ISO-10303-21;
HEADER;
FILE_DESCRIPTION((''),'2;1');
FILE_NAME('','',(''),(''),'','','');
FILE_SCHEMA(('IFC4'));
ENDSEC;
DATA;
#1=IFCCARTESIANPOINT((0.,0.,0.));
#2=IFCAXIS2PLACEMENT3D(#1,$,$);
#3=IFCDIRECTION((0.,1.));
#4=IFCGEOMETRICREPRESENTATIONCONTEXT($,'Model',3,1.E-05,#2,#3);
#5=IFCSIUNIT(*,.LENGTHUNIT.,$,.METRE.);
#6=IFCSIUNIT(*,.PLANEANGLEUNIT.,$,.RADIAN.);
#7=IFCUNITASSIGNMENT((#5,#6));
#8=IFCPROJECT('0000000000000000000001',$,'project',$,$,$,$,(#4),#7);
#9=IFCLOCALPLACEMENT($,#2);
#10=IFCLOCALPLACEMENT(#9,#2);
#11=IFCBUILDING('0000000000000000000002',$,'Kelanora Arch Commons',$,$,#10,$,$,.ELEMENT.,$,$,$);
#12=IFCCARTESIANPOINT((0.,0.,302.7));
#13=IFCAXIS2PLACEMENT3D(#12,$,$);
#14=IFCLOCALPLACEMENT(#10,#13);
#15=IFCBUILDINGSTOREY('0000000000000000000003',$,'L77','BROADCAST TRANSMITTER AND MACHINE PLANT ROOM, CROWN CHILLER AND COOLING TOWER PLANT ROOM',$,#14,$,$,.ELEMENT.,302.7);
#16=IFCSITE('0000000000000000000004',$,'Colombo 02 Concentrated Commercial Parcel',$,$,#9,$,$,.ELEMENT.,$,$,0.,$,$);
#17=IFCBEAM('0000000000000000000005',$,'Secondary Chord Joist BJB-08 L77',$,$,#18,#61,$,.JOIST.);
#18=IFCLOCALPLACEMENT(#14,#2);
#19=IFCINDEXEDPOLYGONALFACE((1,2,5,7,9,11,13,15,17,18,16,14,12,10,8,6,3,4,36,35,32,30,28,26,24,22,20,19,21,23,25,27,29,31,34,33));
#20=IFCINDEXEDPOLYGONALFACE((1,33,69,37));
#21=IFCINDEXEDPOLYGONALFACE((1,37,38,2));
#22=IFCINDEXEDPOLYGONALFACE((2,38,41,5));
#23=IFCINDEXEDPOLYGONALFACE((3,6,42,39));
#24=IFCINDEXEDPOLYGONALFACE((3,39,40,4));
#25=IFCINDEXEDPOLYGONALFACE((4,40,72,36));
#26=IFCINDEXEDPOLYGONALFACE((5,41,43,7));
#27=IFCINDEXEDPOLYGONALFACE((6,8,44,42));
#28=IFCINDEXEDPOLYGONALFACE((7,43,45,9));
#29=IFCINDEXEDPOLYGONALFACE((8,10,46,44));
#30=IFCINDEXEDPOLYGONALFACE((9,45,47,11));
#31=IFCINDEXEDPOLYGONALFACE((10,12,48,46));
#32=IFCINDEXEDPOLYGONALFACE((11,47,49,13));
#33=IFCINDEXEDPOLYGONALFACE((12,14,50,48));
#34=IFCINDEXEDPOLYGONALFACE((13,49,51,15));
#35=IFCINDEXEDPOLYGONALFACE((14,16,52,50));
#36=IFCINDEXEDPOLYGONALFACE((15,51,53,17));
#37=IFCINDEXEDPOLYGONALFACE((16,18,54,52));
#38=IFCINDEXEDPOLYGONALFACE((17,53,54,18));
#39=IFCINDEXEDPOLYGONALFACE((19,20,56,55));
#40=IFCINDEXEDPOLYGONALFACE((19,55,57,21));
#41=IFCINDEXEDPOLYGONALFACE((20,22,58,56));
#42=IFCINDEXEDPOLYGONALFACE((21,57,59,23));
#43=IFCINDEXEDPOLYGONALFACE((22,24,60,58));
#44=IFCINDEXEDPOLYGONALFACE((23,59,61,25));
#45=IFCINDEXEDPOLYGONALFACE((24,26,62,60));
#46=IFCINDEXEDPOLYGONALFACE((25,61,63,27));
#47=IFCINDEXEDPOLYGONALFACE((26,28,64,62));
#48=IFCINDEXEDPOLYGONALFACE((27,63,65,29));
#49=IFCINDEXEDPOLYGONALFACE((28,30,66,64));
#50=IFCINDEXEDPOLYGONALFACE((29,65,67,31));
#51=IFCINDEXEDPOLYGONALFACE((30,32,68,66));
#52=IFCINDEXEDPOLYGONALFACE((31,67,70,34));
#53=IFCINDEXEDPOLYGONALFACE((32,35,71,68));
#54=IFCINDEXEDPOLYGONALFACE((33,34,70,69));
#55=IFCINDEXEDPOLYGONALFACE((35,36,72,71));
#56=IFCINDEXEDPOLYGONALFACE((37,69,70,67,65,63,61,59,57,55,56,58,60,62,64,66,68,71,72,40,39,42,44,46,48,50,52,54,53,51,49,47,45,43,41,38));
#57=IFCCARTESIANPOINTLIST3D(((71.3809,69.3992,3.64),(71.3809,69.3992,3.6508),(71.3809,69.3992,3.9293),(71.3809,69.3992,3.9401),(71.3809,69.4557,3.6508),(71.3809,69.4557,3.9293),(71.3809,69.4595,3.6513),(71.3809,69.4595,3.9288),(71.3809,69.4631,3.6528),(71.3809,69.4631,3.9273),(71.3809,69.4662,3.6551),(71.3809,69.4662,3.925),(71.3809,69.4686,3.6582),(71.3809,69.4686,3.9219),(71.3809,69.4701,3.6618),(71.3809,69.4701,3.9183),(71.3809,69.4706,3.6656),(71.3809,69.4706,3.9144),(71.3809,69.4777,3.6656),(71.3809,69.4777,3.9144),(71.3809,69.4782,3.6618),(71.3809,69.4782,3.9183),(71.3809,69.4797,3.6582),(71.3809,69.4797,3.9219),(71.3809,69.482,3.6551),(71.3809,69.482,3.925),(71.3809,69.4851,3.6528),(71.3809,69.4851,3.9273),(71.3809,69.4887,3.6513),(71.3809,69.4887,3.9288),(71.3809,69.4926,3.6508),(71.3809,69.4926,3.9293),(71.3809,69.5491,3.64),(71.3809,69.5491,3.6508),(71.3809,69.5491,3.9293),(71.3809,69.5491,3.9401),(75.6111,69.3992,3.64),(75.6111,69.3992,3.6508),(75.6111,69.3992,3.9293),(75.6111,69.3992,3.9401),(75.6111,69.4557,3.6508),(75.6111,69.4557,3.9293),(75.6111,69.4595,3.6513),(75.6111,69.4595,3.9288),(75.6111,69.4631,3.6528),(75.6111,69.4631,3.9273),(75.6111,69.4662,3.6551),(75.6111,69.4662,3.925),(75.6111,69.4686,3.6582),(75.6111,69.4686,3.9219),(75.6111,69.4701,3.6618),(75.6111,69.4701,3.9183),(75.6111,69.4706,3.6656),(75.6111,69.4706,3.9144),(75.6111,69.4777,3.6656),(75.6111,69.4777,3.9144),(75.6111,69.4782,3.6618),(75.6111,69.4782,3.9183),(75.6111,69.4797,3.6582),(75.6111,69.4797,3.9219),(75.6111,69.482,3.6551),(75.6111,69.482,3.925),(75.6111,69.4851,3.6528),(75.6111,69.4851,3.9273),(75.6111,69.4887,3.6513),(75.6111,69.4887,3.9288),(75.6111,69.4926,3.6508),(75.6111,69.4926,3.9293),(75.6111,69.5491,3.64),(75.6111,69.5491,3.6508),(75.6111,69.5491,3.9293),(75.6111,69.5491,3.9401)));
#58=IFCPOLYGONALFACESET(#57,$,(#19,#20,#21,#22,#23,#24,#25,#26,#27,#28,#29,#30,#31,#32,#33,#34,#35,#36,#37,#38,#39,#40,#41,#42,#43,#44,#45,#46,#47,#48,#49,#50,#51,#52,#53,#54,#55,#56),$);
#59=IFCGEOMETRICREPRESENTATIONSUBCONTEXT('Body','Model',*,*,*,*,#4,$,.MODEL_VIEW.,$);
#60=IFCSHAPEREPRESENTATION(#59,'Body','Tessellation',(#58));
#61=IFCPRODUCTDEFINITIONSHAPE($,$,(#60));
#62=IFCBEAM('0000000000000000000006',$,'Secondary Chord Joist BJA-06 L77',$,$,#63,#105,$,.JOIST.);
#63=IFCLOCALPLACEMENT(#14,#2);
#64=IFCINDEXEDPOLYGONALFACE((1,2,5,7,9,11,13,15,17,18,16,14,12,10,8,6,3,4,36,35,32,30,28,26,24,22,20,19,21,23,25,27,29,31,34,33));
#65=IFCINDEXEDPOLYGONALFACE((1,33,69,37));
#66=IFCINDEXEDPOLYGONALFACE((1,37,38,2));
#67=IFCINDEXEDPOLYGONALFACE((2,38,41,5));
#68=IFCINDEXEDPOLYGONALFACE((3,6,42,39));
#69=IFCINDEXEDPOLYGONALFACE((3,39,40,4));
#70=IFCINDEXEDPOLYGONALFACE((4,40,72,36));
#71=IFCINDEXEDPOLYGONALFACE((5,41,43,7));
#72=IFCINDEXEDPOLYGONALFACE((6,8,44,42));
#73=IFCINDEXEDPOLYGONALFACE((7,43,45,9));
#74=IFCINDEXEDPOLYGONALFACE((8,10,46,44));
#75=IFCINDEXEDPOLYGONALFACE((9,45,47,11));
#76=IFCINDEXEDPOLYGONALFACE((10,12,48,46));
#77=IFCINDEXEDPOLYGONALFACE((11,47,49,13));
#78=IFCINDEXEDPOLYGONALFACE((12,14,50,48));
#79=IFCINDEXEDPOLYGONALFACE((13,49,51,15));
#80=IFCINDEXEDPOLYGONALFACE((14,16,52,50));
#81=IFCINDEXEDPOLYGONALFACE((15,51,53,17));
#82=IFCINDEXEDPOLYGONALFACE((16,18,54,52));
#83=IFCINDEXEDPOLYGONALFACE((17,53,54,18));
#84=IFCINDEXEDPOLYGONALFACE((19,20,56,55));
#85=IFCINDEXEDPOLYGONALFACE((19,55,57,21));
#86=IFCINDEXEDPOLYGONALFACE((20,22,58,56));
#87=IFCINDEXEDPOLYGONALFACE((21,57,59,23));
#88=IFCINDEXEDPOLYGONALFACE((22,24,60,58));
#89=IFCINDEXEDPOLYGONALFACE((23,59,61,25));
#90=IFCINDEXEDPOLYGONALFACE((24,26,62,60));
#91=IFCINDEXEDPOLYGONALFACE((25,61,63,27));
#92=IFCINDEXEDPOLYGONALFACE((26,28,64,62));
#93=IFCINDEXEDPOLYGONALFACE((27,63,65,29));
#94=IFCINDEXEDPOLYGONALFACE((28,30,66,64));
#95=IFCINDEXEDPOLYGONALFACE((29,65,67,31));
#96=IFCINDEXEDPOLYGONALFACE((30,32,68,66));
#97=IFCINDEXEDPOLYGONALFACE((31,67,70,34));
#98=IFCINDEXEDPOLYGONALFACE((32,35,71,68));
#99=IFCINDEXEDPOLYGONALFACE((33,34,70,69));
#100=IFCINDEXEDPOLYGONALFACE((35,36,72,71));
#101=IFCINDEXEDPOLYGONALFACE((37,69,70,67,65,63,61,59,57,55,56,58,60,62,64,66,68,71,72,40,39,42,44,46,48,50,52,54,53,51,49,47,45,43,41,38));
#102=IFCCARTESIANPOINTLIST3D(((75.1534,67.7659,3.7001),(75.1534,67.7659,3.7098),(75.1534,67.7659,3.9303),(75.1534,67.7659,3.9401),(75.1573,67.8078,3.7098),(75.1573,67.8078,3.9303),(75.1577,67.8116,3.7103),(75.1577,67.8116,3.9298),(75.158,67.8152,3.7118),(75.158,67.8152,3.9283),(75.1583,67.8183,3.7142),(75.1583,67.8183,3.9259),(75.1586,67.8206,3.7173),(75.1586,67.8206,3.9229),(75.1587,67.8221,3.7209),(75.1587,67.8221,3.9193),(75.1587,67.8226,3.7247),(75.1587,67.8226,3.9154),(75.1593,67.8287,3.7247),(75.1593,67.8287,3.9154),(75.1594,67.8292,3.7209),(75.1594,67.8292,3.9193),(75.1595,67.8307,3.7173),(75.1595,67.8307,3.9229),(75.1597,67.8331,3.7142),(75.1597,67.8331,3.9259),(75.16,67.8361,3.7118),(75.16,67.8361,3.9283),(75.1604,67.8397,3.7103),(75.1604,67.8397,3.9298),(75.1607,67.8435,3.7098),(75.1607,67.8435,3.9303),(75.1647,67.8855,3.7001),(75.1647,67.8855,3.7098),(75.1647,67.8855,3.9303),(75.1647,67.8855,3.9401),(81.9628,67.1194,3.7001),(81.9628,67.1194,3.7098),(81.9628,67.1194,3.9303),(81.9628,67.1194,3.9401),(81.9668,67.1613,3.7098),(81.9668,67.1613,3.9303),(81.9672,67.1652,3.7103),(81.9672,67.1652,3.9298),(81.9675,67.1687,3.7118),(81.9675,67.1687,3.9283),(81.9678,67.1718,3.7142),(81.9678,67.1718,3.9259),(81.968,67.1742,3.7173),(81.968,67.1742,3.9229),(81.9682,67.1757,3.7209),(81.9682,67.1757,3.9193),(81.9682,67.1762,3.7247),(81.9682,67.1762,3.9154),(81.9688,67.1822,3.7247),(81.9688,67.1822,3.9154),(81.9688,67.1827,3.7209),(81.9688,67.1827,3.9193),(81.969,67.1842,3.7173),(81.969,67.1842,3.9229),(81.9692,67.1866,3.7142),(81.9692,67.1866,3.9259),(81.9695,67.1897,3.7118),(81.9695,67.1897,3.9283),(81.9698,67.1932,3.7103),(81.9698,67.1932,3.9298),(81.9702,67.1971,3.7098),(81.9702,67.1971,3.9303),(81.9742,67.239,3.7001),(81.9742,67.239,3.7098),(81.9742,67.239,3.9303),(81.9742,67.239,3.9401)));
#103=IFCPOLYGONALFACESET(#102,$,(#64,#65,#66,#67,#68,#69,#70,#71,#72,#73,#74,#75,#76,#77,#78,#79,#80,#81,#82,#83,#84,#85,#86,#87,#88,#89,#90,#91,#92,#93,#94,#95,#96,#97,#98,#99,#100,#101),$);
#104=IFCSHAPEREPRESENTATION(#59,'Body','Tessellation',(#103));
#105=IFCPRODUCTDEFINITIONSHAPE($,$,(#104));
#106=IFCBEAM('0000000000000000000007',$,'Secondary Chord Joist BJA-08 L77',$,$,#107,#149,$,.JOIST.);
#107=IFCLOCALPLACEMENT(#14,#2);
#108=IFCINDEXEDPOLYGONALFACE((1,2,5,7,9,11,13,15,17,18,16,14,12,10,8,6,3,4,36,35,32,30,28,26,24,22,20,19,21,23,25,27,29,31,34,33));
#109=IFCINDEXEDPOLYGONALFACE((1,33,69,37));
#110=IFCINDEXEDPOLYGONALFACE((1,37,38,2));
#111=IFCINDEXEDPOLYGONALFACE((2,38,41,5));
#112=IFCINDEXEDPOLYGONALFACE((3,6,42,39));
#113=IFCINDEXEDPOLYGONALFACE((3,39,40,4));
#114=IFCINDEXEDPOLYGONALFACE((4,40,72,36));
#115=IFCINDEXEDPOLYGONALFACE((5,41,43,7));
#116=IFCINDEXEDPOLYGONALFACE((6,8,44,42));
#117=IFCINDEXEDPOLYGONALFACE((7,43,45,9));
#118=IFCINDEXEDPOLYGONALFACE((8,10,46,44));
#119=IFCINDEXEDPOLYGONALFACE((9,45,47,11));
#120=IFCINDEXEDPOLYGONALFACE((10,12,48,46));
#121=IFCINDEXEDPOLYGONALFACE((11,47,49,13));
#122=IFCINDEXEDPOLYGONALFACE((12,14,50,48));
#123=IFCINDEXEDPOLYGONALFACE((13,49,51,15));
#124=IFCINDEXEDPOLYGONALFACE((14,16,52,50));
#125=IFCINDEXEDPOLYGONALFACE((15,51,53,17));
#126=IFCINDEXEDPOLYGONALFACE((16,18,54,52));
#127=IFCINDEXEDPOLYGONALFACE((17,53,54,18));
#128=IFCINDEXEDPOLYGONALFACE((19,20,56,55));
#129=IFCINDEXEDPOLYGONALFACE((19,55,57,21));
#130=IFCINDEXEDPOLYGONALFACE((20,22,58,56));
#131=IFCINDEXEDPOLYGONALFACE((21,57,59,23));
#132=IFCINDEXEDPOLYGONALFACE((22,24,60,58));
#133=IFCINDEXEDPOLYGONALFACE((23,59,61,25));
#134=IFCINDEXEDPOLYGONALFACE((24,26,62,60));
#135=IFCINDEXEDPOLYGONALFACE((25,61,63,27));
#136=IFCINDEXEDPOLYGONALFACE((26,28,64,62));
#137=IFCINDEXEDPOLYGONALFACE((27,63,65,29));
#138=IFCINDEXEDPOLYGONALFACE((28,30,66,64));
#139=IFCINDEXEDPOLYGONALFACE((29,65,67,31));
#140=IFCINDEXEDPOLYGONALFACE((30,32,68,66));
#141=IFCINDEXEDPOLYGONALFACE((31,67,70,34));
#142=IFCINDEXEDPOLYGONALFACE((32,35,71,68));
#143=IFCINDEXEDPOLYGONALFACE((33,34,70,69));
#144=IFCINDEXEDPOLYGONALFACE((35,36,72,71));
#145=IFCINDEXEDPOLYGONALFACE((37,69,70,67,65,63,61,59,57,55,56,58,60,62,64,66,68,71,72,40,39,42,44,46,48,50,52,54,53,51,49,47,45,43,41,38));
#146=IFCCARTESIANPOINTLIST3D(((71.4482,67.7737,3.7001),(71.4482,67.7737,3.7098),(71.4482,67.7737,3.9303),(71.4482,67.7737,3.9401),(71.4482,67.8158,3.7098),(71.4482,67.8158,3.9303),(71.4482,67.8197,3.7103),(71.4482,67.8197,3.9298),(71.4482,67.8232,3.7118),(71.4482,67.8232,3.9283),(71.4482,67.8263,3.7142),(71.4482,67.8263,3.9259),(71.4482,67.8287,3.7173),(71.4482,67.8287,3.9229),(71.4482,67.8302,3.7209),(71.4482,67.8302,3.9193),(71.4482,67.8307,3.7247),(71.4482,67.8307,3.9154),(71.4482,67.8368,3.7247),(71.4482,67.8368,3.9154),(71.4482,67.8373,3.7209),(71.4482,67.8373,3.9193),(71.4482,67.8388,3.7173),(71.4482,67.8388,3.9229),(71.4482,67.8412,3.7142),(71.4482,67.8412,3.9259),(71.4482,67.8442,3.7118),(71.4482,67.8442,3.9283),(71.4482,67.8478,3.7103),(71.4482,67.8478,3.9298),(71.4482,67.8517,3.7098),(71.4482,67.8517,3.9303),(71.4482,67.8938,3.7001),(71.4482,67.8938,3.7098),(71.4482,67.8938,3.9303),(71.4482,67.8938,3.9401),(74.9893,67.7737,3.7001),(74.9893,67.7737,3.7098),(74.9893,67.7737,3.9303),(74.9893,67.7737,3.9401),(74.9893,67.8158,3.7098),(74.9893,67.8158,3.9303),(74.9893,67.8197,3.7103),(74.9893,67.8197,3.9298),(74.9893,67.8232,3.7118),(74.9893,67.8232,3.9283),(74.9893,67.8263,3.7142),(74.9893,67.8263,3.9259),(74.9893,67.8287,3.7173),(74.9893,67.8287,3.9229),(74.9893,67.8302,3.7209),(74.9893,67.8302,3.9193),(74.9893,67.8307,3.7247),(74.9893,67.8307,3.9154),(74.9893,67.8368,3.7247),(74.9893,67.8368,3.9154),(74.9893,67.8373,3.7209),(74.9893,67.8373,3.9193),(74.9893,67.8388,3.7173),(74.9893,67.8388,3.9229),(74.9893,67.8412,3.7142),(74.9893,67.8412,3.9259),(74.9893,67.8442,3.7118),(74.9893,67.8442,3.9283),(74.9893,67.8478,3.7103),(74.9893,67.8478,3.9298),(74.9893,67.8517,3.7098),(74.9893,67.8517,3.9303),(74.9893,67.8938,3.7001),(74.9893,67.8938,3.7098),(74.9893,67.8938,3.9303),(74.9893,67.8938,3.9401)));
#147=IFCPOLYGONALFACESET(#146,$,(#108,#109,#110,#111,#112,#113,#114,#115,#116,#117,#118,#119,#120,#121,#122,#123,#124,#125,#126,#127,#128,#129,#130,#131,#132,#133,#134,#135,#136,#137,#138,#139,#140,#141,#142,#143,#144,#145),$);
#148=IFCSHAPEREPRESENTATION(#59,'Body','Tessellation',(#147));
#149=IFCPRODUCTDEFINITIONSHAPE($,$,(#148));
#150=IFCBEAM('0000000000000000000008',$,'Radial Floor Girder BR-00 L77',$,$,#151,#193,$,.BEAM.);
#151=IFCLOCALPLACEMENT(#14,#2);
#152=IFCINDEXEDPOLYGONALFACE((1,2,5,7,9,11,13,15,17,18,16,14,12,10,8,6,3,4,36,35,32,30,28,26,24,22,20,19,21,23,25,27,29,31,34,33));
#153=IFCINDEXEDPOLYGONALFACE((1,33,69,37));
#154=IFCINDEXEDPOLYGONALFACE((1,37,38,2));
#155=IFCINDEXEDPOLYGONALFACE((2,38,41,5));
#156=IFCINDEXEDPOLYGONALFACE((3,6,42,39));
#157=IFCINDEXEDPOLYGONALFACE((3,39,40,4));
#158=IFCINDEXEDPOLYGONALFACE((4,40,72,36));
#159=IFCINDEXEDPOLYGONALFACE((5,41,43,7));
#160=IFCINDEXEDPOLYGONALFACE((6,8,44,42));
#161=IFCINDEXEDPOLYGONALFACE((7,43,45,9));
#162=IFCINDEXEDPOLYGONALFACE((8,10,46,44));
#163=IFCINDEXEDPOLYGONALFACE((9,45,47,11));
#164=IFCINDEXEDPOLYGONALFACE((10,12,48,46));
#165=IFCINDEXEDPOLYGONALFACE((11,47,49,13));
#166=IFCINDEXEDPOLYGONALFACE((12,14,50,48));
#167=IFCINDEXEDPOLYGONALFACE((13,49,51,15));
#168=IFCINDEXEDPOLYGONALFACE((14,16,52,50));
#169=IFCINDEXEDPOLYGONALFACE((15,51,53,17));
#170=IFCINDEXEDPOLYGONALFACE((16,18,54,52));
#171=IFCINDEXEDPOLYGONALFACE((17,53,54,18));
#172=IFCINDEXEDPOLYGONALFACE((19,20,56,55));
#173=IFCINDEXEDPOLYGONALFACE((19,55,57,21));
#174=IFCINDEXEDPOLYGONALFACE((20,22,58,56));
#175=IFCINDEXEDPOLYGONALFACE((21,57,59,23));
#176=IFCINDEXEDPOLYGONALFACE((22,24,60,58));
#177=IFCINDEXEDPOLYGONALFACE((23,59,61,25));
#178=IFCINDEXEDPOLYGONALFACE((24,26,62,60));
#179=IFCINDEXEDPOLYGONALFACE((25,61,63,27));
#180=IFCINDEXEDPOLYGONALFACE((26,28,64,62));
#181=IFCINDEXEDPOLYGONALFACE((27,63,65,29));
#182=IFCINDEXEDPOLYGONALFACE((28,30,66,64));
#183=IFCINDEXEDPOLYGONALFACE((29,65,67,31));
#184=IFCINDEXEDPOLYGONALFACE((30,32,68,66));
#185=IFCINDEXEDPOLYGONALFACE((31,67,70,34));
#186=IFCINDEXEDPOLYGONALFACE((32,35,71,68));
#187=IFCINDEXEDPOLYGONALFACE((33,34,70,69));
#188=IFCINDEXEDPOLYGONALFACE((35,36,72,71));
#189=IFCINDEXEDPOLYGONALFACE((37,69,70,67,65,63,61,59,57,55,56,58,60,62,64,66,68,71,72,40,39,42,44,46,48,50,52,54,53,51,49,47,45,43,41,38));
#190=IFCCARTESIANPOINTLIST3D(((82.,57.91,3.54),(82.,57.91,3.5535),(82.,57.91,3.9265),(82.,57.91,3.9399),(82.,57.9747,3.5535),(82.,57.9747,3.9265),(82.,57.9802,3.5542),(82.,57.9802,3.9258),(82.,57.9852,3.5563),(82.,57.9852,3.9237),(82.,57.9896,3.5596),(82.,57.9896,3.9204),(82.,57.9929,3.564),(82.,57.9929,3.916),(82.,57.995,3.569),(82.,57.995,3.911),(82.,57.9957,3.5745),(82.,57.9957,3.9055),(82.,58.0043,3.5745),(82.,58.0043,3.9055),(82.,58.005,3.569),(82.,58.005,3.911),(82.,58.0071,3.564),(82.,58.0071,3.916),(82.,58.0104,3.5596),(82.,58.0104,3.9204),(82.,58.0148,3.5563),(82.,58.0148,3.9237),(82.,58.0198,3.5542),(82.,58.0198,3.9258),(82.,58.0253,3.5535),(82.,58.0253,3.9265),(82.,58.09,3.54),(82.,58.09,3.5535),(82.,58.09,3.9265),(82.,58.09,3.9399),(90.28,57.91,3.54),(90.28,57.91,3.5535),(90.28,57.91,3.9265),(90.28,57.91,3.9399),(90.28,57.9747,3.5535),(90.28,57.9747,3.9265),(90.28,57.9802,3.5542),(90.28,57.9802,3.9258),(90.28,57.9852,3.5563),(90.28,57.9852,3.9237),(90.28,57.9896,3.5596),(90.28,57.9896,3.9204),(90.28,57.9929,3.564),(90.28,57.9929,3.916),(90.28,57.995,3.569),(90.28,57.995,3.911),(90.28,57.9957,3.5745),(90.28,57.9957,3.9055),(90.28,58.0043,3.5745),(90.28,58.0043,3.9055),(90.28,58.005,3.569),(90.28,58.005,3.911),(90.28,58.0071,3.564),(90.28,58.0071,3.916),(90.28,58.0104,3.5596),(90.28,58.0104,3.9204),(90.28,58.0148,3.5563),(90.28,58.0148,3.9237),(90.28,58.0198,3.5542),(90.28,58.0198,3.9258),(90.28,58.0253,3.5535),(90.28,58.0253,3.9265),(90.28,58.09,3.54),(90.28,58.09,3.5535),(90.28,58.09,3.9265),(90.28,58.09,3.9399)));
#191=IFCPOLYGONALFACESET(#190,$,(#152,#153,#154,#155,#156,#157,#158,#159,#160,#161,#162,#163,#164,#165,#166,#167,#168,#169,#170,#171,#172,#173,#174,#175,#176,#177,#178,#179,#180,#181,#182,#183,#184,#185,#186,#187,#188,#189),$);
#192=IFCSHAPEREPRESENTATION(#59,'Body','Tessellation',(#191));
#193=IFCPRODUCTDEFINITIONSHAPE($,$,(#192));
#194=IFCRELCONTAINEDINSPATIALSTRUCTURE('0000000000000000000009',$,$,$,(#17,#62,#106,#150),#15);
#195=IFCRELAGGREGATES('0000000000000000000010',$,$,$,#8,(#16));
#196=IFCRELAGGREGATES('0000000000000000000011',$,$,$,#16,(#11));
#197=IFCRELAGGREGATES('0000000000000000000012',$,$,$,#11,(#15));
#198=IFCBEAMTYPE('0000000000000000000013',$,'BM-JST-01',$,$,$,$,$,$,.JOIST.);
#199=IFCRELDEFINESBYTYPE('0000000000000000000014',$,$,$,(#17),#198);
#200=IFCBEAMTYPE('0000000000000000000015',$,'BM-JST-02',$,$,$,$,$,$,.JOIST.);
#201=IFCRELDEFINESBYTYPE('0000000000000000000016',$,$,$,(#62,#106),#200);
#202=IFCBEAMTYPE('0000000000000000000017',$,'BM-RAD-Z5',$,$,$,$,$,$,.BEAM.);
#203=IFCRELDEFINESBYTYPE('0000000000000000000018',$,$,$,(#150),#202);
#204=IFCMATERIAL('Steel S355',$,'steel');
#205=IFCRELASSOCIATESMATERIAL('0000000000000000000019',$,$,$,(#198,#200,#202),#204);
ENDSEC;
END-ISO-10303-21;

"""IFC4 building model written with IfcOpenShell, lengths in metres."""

from ifc_helpers import new_model, si_unit, direction, frame, origin, origin_2d, place, context, subcontext, project, spatial, i_section, extrude, material, material_profile, profile_set, type_object, element, save


model = new_model("IFC4")

# Units and contexts
model_context = context("Model", 3, precision=1e-05, world=origin(), true_north=direction((0.0, 1.0)))
body_context = subcontext(model_context, "Body", "Model", "MODEL_VIEW")
ifc_project = project(units=[si_unit("LENGTHUNIT", "METRE"), si_unit("PLANEANGLEUNIT", "RADIAN")], contexts=[model_context])

# Site, building, storey
site_placement = place(None, origin())
site = spatial("IfcSite", under=ifc_project, at=site_placement, Name="Colombo 02 Concentrated Commercial Parcel", CompositionType="ELEMENT", RefElevation=0.0)
building_placement = place(site_placement, origin())
building = spatial("IfcBuilding", under=site, at=building_placement, Name="Kelanora Arch Commons", CompositionType="ELEMENT")
storey_placement = place(building_placement, frame((0.0, 0.0, 302.7)))
storey = spatial("IfcBuildingStorey", under=building, at=storey_placement, Name="L77", Description="BROADCAST TRANSMITTER AND MACHINE PLANT ROOM, CROWN CHILLER AND COOLING TOWER PLANT ROOM", CompositionType="ELEMENT", Elevation=302.7)

# Beams
ifc_material_1 = material(Name="Steel S355", Category="steel")
ifc_material_profile_1 = material_profile(ifc_material_1, i_section(OverallWidth=0.1499, OverallDepth=0.3, WebThickness=0.0071, FlangeThickness=0.0107, FilletRadius=0.0149, at=origin_2d()), Name="IPE300")
ifc_profile_set_1 = profile_set([ifc_material_profile_1], Name="Steel S355")
beam_type_1 = type_object("IfcBeamType", Name="BM-JST-01", PredefinedType="JOIST", material=ifc_profile_set_1)
beam_1_placement = place(storey_placement, frame((75.6111, 69.4741, 3.79), z_axis=(-1.0, 0.0, 0.0), x_axis=(0.0, -1.0, 0.0)))
element("IfcBeam", 1, at=beam_1_placement, inside=storey, type_object=beam_type_1, Name="Secondary Chord Joist BJB-08 L77", PredefinedType="JOIST", context=body_context, shape_type="SweptSolid", body=[
    extrude(i_section(OverallWidth=0.1499, OverallDepth=0.3, WebThickness=0.0071, FlangeThickness=0.0107, FilletRadius=0.0149, at=origin_2d()), origin(), (0.0, 0.0, 1.0), 4.2302),
])
ifc_material_profile_2 = material_profile(ifc_material_1, i_section(OverallWidth=0.1201, OverallDepth=0.24, WebThickness=0.0061, FlangeThickness=0.0098, FilletRadius=0.0149, at=origin_2d()), Name="IPE240")
ifc_profile_set_2 = profile_set([ifc_material_profile_2], Name="Steel S355")
beam_type_2 = type_object("IfcBeamType", Name="BM-JST-02", PredefinedType="JOIST", material=ifc_profile_set_2)
beam_2_placement = place(storey_placement, frame((81.9685, 67.1792, 3.8201), z_axis=(-0.995524, 0.094513, 0.0), x_axis=(-0.094513, -0.995524, 0.0)))
element("IfcBeam", 2, at=beam_2_placement, inside=storey, type_object=beam_type_2, Name="Secondary Chord Joist BJA-06 L77", PredefinedType="JOIST", context=body_context, shape_type="SweptSolid", body=[
    extrude(i_section(OverallWidth=0.1201, OverallDepth=0.24, WebThickness=0.0061, FlangeThickness=0.0098, FilletRadius=0.0149, at=origin_2d()), origin(), (0.0, 0.0, 1.0), 6.8401),
])
beam_3_placement = place(storey_placement, frame((74.9893, 67.8337, 3.8201), z_axis=(-1.0, 0.0, 0.0), x_axis=(0.0, -1.0, 0.0)))
element("IfcBeam", 3, at=beam_3_placement, inside=storey, type_object=beam_type_2, Name="Secondary Chord Joist BJA-08 L77", PredefinedType="JOIST", context=body_context, shape_type="SweptSolid", body=[
    extrude(i_section(OverallWidth=0.1201, OverallDepth=0.24, WebThickness=0.0061, FlangeThickness=0.0098, FilletRadius=0.0149, at=origin_2d()), origin(), (0.0, 0.0, 1.0), 3.541),
])
ifc_material_profile_3 = material_profile(ifc_material_1, i_section(OverallWidth=0.1799, OverallDepth=0.3999, WebThickness=0.0085, FlangeThickness=0.0134, FilletRadius=0.021, at=origin_2d()), Name="IPE400")
ifc_profile_set_3 = profile_set([ifc_material_profile_3], Name="Steel S355")
beam_type_3 = type_object("IfcBeamType", Name="BM-RAD-Z5", PredefinedType="BEAM", material=ifc_profile_set_3)
beam_4_placement = place(storey_placement, frame((82.0, 58.0, 3.74), z_axis=(1.0, 0.0, 0.0), x_axis=(0.0, 1.0, 0.0)))
element("IfcBeam", 4, at=beam_4_placement, inside=storey, type_object=beam_type_3, Name="Radial Floor Girder BR-00 L77", PredefinedType="BEAM", context=body_context, shape_type="SweptSolid", body=[
    extrude(i_section(OverallWidth=0.1799, OverallDepth=0.3999, WebThickness=0.0085, FlangeThickness=0.0134, FilletRadius=0.021, at=origin_2d()), origin(), (0.0, 0.0, 1.0), 8.28),
])

save(model, "model.ifc")
